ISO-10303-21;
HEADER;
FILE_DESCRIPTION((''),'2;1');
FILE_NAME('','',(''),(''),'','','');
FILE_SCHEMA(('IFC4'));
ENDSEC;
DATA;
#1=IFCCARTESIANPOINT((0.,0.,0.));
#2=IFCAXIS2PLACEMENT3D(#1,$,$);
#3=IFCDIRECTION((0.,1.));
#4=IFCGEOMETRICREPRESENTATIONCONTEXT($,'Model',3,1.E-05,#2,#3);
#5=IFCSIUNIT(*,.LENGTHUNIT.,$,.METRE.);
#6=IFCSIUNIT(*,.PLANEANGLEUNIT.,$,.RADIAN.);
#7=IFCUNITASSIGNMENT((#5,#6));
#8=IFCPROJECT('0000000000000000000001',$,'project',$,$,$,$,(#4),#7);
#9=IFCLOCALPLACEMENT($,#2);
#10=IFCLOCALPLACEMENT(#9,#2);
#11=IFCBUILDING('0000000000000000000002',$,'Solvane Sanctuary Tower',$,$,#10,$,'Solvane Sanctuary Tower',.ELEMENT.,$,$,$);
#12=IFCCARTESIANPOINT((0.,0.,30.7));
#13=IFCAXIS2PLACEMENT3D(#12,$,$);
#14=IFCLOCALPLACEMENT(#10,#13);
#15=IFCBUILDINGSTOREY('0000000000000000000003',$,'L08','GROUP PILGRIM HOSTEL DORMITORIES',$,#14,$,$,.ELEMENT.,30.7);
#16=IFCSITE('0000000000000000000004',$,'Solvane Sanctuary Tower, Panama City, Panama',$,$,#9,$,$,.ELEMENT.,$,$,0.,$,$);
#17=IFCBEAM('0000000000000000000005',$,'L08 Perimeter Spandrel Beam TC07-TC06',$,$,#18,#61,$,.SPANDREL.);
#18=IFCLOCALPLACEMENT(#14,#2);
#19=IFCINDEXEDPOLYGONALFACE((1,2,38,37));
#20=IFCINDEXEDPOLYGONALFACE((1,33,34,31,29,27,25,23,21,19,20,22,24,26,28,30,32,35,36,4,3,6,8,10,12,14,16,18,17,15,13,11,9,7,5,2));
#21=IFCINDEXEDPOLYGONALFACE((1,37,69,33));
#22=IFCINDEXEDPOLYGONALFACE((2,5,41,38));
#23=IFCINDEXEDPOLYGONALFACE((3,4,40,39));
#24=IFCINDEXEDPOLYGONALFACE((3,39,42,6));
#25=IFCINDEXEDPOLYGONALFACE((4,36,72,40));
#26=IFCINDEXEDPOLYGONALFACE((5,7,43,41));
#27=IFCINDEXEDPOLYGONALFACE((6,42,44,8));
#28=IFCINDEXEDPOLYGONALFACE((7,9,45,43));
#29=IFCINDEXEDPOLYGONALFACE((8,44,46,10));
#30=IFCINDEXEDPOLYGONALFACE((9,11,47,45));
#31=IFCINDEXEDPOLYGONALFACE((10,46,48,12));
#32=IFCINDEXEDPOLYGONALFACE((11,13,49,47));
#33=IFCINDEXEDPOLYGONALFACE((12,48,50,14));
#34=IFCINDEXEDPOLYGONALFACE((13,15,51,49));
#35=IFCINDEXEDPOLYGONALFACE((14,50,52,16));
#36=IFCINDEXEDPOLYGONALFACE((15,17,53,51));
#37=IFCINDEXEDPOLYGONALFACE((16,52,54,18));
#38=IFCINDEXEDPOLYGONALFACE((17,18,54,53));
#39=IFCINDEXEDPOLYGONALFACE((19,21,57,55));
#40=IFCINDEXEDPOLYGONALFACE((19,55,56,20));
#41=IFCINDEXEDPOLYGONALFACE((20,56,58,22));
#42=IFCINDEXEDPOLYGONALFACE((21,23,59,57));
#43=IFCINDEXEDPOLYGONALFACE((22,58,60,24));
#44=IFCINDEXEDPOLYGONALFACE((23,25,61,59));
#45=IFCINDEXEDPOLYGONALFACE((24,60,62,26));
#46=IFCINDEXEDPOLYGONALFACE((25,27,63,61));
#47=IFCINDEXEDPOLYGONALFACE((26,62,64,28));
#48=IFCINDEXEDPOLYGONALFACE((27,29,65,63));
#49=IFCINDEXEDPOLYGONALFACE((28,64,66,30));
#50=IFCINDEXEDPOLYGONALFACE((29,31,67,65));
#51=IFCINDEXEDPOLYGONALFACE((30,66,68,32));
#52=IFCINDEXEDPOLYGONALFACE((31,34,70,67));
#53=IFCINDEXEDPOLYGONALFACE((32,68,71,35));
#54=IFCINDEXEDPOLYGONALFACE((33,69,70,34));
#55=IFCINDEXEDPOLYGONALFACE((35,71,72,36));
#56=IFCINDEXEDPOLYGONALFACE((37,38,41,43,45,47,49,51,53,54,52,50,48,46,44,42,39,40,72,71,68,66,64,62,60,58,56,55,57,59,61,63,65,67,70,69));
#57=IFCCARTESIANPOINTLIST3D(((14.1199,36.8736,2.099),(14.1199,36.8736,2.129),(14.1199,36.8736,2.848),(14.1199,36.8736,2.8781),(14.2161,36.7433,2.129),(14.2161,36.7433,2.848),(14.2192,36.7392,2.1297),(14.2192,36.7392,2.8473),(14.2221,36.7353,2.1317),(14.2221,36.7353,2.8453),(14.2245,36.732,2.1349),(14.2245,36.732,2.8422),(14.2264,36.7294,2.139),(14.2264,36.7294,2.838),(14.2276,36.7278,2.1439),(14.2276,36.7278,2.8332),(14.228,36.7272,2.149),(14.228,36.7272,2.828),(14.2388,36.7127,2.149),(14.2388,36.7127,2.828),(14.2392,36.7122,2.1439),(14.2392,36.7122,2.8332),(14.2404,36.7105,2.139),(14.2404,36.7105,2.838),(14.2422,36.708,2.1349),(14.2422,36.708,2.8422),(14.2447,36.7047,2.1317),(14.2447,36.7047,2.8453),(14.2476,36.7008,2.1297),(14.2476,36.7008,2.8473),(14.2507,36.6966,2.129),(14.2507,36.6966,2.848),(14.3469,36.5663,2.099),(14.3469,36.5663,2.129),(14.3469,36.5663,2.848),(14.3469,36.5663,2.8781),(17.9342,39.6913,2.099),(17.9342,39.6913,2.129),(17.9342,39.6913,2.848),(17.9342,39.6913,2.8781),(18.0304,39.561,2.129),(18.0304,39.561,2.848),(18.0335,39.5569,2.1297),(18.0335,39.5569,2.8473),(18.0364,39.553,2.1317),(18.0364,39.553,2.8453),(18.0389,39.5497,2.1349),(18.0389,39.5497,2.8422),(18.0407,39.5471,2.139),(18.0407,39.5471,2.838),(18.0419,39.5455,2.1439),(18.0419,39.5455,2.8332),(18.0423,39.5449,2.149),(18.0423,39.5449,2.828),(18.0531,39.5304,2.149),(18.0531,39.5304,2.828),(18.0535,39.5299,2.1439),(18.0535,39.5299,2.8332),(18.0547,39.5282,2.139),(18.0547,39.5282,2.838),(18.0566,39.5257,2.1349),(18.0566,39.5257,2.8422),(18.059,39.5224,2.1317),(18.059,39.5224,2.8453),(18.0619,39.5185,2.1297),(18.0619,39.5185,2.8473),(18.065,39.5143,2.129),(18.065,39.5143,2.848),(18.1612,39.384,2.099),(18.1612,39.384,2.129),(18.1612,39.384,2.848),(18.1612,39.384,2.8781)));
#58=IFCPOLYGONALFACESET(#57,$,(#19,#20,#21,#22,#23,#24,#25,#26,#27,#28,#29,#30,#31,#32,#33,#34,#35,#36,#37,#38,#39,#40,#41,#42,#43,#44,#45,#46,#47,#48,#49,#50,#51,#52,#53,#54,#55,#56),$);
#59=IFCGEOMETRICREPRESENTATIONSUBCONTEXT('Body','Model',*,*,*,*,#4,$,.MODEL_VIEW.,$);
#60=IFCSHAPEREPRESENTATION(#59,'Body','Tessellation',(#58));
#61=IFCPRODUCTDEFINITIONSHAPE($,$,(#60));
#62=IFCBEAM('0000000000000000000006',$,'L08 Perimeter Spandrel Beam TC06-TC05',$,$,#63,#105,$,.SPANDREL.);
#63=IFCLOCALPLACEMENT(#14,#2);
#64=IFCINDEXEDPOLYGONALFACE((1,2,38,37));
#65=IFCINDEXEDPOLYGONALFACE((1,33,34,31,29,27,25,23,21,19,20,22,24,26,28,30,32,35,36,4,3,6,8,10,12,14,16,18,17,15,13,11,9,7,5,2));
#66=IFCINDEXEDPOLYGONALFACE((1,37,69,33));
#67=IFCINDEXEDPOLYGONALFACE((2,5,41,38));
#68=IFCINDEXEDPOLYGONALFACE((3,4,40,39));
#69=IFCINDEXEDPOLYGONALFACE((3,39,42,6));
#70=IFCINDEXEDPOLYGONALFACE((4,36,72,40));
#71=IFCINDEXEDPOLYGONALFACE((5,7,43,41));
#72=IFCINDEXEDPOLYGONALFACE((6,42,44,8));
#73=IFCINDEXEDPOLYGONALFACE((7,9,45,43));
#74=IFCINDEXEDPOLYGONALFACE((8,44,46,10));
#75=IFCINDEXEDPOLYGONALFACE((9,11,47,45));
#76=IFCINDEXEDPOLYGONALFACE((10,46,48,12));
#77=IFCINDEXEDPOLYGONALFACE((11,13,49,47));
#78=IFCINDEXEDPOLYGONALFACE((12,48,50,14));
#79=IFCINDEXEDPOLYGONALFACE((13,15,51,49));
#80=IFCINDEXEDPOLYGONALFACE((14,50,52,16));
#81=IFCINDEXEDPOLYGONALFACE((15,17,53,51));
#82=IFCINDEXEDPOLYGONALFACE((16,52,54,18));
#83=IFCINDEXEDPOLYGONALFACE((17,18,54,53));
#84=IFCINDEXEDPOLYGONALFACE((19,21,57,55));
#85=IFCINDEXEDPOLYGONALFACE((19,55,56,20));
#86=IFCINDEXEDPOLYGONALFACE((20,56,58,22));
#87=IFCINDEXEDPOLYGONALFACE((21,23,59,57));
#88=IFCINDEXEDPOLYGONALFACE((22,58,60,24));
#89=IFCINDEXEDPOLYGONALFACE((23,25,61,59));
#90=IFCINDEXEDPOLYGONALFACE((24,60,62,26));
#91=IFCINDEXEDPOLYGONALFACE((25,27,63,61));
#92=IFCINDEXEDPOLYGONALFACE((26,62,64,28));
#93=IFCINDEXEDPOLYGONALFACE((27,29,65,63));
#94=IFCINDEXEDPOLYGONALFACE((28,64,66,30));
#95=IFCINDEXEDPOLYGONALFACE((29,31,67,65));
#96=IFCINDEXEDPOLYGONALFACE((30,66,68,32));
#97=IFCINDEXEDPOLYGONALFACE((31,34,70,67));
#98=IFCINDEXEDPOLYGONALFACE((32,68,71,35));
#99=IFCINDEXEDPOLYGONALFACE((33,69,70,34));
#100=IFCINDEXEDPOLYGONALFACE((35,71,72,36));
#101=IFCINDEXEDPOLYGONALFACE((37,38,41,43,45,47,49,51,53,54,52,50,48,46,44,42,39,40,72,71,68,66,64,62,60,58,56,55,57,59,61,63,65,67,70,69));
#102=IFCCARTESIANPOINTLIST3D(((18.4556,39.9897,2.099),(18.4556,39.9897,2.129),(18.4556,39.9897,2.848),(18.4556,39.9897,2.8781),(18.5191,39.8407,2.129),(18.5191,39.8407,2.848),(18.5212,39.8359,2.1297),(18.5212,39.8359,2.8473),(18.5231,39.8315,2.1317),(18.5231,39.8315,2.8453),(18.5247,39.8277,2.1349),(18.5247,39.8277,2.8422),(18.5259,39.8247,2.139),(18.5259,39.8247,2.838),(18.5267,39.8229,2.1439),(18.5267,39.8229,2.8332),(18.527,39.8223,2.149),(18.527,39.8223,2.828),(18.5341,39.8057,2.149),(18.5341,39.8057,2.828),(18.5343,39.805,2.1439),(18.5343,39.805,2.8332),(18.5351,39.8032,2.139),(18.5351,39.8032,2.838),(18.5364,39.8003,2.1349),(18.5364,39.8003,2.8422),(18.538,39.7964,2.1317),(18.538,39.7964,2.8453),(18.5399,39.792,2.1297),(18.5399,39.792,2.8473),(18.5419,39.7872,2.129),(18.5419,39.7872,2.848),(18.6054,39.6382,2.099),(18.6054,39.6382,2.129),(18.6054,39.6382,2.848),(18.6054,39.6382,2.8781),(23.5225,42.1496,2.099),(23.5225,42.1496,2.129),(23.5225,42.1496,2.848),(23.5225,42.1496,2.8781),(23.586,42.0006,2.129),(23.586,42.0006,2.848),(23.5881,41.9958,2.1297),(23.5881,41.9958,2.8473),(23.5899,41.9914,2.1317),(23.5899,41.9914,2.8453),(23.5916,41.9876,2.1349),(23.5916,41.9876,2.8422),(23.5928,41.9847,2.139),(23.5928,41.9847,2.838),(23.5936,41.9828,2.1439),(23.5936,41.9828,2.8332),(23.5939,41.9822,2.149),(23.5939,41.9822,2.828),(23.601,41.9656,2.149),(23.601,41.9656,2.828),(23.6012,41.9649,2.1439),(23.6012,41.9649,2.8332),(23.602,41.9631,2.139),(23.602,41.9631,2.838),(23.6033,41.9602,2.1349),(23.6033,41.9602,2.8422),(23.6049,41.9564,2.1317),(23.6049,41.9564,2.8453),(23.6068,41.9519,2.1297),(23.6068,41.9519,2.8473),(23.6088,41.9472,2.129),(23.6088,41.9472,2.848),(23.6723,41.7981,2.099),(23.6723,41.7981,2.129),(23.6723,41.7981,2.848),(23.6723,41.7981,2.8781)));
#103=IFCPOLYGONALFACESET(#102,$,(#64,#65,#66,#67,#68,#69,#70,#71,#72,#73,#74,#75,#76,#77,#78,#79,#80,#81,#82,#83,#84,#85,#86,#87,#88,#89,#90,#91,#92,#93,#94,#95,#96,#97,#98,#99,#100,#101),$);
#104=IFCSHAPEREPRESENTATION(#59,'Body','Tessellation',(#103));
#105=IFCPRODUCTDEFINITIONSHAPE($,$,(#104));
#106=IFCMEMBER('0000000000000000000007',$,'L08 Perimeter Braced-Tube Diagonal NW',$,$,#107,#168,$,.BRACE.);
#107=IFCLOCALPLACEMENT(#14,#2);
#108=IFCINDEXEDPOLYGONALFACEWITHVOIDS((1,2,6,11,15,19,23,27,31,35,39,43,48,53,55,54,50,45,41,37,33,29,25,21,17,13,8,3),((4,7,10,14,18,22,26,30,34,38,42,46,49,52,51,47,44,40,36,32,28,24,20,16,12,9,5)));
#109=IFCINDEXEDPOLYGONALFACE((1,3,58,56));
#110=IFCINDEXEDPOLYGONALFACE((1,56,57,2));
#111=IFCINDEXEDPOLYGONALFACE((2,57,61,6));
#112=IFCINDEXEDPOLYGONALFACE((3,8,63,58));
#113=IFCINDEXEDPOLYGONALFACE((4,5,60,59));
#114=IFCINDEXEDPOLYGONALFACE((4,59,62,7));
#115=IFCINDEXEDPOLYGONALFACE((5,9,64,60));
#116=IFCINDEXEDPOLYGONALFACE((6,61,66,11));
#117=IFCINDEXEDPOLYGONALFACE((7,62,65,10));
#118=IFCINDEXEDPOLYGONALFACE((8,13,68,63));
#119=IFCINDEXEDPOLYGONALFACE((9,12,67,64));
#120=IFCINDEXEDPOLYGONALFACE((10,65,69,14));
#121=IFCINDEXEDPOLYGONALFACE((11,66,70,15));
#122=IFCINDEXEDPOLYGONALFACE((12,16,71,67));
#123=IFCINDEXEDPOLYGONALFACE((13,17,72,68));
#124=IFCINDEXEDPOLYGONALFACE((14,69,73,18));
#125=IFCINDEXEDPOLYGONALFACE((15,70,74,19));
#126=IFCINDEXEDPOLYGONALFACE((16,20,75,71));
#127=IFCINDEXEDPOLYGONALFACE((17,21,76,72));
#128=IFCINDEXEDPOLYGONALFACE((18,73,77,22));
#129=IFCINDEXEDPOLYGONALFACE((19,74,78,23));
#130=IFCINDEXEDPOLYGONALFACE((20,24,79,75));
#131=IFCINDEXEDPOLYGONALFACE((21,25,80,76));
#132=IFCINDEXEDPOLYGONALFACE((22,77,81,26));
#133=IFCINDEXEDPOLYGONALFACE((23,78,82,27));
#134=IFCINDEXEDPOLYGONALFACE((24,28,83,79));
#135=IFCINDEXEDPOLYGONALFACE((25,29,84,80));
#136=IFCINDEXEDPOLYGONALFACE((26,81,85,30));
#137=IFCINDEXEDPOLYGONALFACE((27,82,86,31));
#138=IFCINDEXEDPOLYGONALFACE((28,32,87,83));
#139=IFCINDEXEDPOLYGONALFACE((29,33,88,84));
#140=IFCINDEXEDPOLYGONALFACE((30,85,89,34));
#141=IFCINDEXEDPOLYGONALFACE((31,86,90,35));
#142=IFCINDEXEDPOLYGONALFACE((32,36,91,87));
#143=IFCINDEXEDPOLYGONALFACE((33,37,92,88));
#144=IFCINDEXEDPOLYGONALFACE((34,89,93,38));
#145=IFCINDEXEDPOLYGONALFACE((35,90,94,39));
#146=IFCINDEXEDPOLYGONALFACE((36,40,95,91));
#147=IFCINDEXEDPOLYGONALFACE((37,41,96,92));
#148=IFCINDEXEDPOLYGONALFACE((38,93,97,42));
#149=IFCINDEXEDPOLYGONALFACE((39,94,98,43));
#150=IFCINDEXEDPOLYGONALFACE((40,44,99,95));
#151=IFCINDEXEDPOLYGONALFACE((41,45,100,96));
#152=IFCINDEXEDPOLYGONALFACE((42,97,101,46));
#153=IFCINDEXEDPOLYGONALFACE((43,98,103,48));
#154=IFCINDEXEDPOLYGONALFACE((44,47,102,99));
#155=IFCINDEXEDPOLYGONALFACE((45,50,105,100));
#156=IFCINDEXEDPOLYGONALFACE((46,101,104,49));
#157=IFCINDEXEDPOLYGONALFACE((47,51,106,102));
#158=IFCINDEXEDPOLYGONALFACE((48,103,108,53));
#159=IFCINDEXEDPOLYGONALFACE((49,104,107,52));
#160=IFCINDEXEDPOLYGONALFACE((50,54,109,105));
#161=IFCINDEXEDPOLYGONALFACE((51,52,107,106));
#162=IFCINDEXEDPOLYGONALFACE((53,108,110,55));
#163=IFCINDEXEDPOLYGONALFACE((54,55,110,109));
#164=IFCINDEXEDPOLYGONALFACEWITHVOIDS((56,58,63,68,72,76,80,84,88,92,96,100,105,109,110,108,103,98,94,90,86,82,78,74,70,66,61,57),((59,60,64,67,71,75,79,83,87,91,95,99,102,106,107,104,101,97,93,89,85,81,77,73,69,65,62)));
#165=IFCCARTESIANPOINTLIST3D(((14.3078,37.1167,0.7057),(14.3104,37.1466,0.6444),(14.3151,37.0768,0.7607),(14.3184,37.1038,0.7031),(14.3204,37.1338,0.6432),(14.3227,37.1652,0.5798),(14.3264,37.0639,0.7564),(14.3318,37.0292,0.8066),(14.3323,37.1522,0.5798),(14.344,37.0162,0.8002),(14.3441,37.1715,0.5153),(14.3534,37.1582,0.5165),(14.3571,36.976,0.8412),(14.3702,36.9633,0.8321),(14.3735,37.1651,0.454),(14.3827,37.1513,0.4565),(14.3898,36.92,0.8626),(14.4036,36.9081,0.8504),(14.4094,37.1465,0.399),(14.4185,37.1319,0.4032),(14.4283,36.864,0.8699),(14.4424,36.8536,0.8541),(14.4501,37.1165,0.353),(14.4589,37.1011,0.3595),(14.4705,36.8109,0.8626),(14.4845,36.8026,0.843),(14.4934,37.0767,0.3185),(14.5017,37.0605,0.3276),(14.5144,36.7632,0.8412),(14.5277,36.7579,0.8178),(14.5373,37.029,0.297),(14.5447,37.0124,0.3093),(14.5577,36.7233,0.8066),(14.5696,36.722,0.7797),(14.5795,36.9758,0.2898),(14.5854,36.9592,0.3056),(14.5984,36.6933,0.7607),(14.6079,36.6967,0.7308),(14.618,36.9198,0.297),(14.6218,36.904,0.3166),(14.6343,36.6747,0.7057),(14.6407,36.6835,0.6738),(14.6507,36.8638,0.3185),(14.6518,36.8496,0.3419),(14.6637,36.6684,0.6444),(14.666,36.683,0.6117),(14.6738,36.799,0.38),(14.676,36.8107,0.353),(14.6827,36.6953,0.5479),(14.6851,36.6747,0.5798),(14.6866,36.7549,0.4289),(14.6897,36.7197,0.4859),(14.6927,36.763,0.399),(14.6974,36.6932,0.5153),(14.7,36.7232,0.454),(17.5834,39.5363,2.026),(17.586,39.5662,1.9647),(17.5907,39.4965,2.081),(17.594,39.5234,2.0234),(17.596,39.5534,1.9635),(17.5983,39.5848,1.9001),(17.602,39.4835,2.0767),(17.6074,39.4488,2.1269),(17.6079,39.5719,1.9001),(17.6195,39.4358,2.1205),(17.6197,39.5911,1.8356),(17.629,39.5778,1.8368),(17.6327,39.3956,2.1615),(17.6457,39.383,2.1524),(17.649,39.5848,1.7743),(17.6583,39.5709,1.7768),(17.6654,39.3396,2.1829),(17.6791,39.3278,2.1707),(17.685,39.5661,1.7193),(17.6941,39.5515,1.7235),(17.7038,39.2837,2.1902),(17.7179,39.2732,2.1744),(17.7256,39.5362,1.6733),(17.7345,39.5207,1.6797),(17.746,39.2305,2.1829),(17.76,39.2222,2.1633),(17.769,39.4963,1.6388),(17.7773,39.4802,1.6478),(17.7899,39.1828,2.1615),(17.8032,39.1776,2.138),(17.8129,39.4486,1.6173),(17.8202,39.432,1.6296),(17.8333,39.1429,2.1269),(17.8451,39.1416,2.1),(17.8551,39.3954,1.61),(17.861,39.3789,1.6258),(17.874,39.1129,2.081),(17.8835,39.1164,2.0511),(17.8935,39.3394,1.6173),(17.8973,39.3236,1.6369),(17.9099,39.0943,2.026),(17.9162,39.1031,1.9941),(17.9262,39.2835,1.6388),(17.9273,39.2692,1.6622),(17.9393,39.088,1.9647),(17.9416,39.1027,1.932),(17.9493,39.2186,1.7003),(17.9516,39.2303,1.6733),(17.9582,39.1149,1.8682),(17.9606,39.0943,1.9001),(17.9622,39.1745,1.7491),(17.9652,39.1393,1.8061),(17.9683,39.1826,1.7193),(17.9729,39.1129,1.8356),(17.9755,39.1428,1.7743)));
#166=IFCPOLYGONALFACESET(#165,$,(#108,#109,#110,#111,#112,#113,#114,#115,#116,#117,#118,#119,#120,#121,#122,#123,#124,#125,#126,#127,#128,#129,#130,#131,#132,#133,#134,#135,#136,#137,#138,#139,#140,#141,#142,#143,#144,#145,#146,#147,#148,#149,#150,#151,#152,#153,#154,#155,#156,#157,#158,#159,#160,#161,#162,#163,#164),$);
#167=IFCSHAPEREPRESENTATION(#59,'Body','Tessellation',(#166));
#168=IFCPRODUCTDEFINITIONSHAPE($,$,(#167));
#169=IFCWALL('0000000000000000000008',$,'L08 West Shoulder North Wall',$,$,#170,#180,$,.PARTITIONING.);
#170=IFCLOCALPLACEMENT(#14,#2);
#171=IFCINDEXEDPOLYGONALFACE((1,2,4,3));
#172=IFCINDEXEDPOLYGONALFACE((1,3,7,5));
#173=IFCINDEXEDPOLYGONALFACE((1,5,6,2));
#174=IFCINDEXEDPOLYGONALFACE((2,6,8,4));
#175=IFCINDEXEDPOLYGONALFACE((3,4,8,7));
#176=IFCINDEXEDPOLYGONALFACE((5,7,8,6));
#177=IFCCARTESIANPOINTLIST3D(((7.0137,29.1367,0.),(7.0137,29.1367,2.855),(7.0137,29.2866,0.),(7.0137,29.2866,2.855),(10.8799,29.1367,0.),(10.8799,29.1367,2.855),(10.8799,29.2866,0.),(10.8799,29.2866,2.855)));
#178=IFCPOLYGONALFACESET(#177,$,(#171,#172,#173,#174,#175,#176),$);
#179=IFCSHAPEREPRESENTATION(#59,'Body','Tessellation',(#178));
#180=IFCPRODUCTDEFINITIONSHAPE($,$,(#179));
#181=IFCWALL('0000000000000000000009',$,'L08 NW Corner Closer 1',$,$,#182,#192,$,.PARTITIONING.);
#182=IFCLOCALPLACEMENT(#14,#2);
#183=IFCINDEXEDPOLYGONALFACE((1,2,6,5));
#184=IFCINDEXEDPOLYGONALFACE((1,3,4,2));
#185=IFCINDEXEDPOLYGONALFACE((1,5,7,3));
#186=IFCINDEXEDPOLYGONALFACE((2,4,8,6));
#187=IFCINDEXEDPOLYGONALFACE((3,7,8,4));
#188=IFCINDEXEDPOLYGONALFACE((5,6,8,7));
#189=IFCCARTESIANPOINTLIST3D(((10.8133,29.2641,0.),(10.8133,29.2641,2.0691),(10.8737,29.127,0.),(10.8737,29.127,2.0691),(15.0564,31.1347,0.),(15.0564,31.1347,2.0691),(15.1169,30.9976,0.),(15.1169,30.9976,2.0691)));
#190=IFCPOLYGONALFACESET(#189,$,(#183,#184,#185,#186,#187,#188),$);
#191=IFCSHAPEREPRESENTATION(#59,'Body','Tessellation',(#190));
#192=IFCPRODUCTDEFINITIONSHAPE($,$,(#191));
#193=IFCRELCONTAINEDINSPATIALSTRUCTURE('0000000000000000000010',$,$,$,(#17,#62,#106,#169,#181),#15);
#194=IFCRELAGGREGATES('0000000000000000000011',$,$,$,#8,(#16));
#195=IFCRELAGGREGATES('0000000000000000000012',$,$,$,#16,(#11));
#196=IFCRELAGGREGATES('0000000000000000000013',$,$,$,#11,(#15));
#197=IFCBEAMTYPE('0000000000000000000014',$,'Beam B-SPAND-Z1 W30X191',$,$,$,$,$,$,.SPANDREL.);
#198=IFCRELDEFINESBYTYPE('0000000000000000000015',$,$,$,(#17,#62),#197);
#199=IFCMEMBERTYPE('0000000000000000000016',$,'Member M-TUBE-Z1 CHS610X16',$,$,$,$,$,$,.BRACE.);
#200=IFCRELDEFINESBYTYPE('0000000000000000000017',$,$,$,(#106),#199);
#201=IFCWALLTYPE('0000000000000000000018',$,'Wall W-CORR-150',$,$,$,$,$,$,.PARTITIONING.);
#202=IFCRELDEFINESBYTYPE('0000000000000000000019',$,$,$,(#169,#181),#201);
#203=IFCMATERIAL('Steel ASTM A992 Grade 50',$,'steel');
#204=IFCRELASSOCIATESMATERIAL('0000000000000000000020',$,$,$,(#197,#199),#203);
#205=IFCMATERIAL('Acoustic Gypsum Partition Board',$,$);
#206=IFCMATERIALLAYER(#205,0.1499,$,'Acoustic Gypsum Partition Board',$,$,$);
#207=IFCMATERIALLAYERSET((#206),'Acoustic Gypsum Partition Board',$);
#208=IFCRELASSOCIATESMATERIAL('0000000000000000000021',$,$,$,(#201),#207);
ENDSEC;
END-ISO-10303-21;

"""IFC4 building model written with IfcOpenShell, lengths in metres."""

from ifc_helpers import new_model, si_unit, direction, frame, frame_2d, origin, origin_2d, place, context, subcontext, project, spatial, rectangle, hollow_circle, i_section, extrude, material, layer, layer_set, material_profile, profile_set, type_object, element, save


model = new_model("IFC4")

# Units and contexts
model_context = context("Model", 3, precision=1e-05, world=origin(), true_north=direction((0.0, 1.0)))
body_context = subcontext(model_context, "Body", "Model", "MODEL_VIEW")
ifc_project = project(units=[si_unit("LENGTHUNIT", "METRE"), si_unit("PLANEANGLEUNIT", "RADIAN")], contexts=[model_context])

# Site, building, storey
site_placement = place(None, origin())
site = spatial("IfcSite", under=ifc_project, at=site_placement, Name="Solvane Sanctuary Tower, Panama City, Panama", CompositionType="ELEMENT", RefElevation=0.0)
building_placement = place(site_placement, origin())
building = spatial("IfcBuilding", under=site, at=building_placement, Name="Solvane Sanctuary Tower", LongName="Solvane Sanctuary Tower", CompositionType="ELEMENT")
storey_placement = place(building_placement, frame((0.0, 0.0, 30.7)))
storey = spatial("IfcBuildingStorey", under=building, at=storey_placement, Name="L08", Description="GROUP PILGRIM HOSTEL DORMITORIES", CompositionType="ELEMENT", Elevation=30.7)

# Beams
ifc_material_1 = material(Name="Steel ASTM A992 Grade 50", Category="steel")
ifc_material_profile_1 = material_profile(ifc_material_1, i_section(OverallWidth=0.3821, OverallDepth=0.7791, WebThickness=0.0181, FlangeThickness=0.03, FilletRadius=0.02, at=origin_2d()), Name="W30X191")
ifc_profile_set_1 = profile_set([ifc_material_profile_1], Name="Steel ASTM A992 Grade 50")
beam_type_1 = type_object("IfcBeamType", Name="Beam B-SPAND-Z1 W30X191", PredefinedType="SPANDREL", material=ifc_profile_set_1)
beam_1_placement = place(storey_placement, frame((14.2334, 36.72, 2.4885), z_axis=(0.804334, 0.594177, 0.0), x_axis=(-0.594177, 0.804334, 0.0)))
element("IfcBeam", 1, at=beam_1_placement, inside=storey, type_object=beam_type_1, Name="L08 Perimeter Spandrel Beam TC07-TC06", PredefinedType="SPANDREL", context=body_context, shape_type="SweptSolid", body=[
    extrude(i_section(OverallWidth=0.3821, OverallDepth=0.7791, WebThickness=0.0181, FlangeThickness=0.03, FilletRadius=0.02, at=origin_2d()), origin(), (0.0, 0.0, 1.0), 4.7422),
])
beam_2_placement = place(storey_placement, frame((18.5305, 39.814, 2.4885), z_axis=(0.919907, 0.392137, 0.0), x_axis=(-0.392137, 0.919907, 0.0)))
element("IfcBeam", 2, at=beam_2_placement, inside=storey, type_object=beam_type_1, Name="L08 Perimeter Spandrel Beam TC06-TC05", PredefinedType="SPANDREL", context=body_context, shape_type="SweptSolid", body=[
    extrude(i_section(OverallWidth=0.3821, OverallDepth=0.7791, WebThickness=0.0181, FlangeThickness=0.03, FilletRadius=0.02, at=origin_2d()), origin(), (0.0, 0.0, 1.0), 5.5081),
])

# Member
ifc_material_profile_2 = material_profile(ifc_material_1, hollow_circle(Radius=0.3049, WallThickness=0.0161, at=origin_2d()), Name="CHS610X16")
ifc_profile_set_2 = profile_set([ifc_material_profile_2], Name="Steel ASTM A992 Grade 50")
member_type = type_object("IfcMemberType", Name="Member M-TUBE-Z1 CHS610X16", PredefinedType="BRACE", material=ifc_profile_set_2)
member_placement = place(storey_placement, frame((14.5039, 36.9199, 0.5798), z_axis=(0.765138, 0.5652, 0.308405), x_axis=(-0.594162, 0.804346, 0.0)))
element("IfcMember", 3, at=member_placement, inside=storey, type_object=member_type, Name="L08 Perimeter Braced-Tube Diagonal NW", PredefinedType="BRACE", context=body_context, shape_type="SweptSolid", body=[
    extrude(hollow_circle(Radius=0.3049, WallThickness=0.0161, at=origin_2d()), origin(), (0.0, 0.0, 1.0), 4.281),
])

# Walls
ifc_material_2 = material(Name="Acoustic Gypsum Partition Board")
ifc_layer_1 = layer(ifc_material_2, 0.1499, Name="Acoustic Gypsum Partition Board")
ifc_layer_set_1 = layer_set([ifc_layer_1], Name="Acoustic Gypsum Partition Board")
wall_type_1 = type_object("IfcWallType", Name="Wall W-CORR-150", PredefinedType="PARTITIONING", material=ifc_layer_set_1)
wall_1_placement = place(storey_placement, frame((7.0137, 29.2117, 0.0), z_axis=(0.0, 0.0, 1.0), x_axis=(1.0, 0.0, 0.0)))
element("IfcWall", 4, at=wall_1_placement, inside=storey, type_object=wall_type_1, Name="L08 West Shoulder North Wall", PredefinedType="PARTITIONING", context=body_context, shape_type="SweptSolid", body=[
    extrude(rectangle(XDim=3.8662, YDim=0.1499, at=frame_2d((1.9331, 0.0))), origin(), (0.0, 0.0, 1.0), 2.855),
])
wall_2_placement = place(storey_placement, frame((10.8435, 29.1956, 0.0), z_axis=(0.0, 0.0, 1.0), x_axis=(0.915028, 0.403391, 0.0)))
element("IfcWall", 5, at=wall_2_placement, inside=storey, type_object=wall_type_1, Name="L08 NW Corner Closer 1", PredefinedType="PARTITIONING", context=body_context, shape_type="SweptSolid", body=[
    extrude(rectangle(XDim=4.6372, YDim=0.1499, at=frame_2d((2.3186, 0.0))), origin(), (0.0, 0.0, 1.0), 2.0691),
])

save(model, "model.ifc")
